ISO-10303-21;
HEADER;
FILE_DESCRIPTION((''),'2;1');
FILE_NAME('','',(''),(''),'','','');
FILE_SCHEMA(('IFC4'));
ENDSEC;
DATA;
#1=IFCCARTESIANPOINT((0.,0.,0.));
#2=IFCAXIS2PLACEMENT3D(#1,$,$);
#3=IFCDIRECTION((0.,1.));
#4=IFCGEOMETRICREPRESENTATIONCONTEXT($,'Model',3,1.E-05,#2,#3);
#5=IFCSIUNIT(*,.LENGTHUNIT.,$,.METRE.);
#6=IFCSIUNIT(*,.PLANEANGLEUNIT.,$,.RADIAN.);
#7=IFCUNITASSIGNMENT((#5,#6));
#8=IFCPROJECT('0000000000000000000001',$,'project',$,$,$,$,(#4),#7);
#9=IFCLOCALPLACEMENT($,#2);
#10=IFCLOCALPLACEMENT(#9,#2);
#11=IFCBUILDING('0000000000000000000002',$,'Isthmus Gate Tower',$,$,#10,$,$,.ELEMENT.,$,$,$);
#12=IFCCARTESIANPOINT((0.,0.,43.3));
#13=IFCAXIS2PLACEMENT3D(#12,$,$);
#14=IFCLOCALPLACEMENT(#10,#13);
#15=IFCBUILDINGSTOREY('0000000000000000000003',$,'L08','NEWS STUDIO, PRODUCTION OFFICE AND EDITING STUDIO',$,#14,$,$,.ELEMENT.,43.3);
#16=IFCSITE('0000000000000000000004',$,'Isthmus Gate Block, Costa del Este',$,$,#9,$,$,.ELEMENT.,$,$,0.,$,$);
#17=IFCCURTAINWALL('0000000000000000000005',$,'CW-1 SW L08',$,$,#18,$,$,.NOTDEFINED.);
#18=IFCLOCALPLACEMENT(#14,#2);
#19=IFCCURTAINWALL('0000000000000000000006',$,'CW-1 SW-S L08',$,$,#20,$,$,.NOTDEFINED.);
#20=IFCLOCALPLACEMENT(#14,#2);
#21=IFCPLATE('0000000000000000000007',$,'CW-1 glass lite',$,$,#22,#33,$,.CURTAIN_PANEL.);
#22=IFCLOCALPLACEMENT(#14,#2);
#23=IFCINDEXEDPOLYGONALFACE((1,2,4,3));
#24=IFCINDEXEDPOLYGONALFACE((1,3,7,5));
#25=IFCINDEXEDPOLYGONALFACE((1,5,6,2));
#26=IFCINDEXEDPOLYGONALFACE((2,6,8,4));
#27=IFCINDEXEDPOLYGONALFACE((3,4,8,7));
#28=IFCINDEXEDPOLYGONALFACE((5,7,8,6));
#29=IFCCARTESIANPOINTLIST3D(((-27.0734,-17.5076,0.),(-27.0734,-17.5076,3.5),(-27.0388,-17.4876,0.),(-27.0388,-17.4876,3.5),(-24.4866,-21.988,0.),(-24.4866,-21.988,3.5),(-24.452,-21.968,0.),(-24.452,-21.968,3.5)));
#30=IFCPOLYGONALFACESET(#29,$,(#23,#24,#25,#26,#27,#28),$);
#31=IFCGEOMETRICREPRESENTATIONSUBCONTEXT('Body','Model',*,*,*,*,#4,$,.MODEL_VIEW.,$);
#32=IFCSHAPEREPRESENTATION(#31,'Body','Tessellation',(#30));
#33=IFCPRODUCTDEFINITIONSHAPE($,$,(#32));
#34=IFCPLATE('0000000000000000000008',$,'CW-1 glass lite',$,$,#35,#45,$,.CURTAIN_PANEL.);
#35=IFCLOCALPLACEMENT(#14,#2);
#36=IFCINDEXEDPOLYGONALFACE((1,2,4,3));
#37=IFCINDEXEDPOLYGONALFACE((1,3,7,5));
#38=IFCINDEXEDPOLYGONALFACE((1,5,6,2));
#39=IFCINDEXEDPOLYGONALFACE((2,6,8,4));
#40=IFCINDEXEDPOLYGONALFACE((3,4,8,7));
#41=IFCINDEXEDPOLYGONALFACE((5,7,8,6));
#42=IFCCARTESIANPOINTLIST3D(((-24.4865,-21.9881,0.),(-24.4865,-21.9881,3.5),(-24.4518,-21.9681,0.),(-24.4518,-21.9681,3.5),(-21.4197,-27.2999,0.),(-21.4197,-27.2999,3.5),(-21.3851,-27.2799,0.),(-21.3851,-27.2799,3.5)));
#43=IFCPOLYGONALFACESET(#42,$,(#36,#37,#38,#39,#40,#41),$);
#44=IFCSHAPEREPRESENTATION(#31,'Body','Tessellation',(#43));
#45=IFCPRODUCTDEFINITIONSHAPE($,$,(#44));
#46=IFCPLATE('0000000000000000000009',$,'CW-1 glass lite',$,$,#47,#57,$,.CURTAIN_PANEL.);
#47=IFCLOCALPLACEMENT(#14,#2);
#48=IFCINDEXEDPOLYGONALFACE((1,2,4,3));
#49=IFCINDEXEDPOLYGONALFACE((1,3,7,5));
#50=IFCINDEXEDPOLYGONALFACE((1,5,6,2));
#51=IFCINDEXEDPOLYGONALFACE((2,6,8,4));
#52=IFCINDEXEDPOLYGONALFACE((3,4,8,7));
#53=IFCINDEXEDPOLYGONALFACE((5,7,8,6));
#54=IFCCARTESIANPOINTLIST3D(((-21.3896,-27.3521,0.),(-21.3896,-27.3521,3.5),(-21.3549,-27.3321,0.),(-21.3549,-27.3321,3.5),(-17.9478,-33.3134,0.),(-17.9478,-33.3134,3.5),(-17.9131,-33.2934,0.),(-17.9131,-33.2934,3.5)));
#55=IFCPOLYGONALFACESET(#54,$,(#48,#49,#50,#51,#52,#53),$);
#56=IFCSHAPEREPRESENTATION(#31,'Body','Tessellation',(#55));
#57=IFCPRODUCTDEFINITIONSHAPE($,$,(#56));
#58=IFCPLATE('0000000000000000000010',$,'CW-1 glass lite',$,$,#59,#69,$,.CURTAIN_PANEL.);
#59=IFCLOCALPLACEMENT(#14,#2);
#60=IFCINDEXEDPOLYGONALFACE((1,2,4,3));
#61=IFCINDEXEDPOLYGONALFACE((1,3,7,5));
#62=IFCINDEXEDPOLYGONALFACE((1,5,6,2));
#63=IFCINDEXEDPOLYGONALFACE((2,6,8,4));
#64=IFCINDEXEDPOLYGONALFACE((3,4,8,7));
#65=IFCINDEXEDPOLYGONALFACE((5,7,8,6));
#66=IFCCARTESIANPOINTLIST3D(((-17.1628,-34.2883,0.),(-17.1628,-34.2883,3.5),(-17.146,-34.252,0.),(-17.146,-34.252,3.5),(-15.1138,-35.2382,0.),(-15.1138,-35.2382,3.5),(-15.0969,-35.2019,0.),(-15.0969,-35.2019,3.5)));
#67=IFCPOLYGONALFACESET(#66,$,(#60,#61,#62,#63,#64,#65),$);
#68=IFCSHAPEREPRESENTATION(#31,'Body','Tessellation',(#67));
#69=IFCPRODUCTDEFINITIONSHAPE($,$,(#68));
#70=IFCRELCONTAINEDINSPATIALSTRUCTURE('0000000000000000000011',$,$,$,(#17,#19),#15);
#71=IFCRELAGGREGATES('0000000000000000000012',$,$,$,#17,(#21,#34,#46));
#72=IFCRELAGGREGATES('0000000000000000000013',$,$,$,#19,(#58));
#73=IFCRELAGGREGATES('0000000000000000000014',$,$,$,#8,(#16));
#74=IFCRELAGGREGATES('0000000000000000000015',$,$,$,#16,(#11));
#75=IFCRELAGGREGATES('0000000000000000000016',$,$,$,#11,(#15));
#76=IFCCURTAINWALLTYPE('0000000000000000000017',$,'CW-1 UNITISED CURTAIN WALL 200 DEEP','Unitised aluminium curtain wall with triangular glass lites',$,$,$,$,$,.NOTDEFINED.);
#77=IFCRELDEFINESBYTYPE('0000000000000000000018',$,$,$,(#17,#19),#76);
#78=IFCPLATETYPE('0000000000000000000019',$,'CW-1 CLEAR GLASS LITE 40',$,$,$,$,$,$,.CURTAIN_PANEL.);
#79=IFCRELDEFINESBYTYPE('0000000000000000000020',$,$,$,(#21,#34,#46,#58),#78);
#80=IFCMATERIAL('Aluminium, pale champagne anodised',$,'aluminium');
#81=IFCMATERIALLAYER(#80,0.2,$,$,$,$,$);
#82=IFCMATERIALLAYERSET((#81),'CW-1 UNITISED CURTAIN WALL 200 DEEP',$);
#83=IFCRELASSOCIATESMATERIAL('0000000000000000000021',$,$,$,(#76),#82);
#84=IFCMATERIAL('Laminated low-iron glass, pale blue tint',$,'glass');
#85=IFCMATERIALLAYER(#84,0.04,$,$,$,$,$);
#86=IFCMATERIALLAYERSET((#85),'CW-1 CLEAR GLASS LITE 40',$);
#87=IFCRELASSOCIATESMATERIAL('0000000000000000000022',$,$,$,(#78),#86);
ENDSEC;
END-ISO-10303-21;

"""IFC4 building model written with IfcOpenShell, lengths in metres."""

from ifc_helpers import new_model, si_unit, direction, frame, origin, origin_2d, place, context, subcontext, project, spatial, rectangle, extrude, material, layer, layer_set, type_object, element, aggregate, save


model = new_model("IFC4")

# Units and contexts
model_context = context("Model", 3, precision=1e-05, world=origin(), true_north=direction((0.0, 1.0)))
body_context = subcontext(model_context, "Body", "Model", "MODEL_VIEW")
ifc_project = project(units=[si_unit("LENGTHUNIT", "METRE"), si_unit("PLANEANGLEUNIT", "RADIAN")], contexts=[model_context])

# Site, building, storey
site_placement = place(None, origin())
site = spatial("IfcSite", under=ifc_project, at=site_placement, Name="Isthmus Gate Block, Costa del Este", CompositionType="ELEMENT", RefElevation=0.0)
building_placement = place(site_placement, origin())
building = spatial("IfcBuilding", under=site, at=building_placement, Name="Isthmus Gate Tower", CompositionType="ELEMENT")
storey_placement = place(building_placement, frame((0.0, 0.0, 43.3)))
storey = spatial("IfcBuildingStorey", under=building, at=storey_placement, Name="L08", Description="NEWS STUDIO, PRODUCTION OFFICE AND EDITING STUDIO", CompositionType="ELEMENT", Elevation=43.3)

# Curtain wall
ifc_material_1 = material(Name="Aluminium, pale champagne anodised", Category="aluminium")
ifc_layer_1 = layer(ifc_material_1, 0.2)
ifc_layer_set_1 = layer_set([ifc_layer_1], Name="CW-1 UNITISED CURTAIN WALL 200 DEEP")
curtain_wall_type = type_object("IfcCurtainWallType", Name="CW-1 UNITISED CURTAIN WALL 200 DEEP", Description="Unitised aluminium curtain wall with triangular glass lites", PredefinedType="NOTDEFINED", material=ifc_layer_set_1)
curtain_wall_1_placement = place(storey_placement, origin())
curtain_wall_1 = element("IfcCurtainWall", 1, at=curtain_wall_1_placement, inside=storey, type_object=curtain_wall_type, Name="CW-1 SW L08", PredefinedType="NOTDEFINED")

# Curtain wall
curtain_wall_2_placement = place(storey_placement, origin())
curtain_wall_2 = element("IfcCurtainWall", 2, at=curtain_wall_2_placement, inside=storey, type_object=curtain_wall_type, Name="CW-1 SW-S L08", PredefinedType="NOTDEFINED")

# Plates
ifc_material_2 = material(Name="Laminated low-iron glass, pale blue tint", Category="glass")
ifc_layer_2 = layer(ifc_material_2, 0.04)
ifc_layer_set_2 = layer_set([ifc_layer_2], Name="CW-1 CLEAR GLASS LITE 40")
plate_type = type_object("IfcPlateType", Name="CW-1 CLEAR GLASS LITE 40", PredefinedType="CURTAIN_PANEL", material=ifc_layer_set_2)
plate_1_placement = place(storey_placement, frame((-25.7627, -19.7378, 0.0), z_axis=(0.0, 0.0, 1.0), x_axis=(0.5, -0.866025, 0.0)))
plate_1 = element("IfcPlate", 3, at=plate_1_placement, type_object=plate_type, Name="CW-1 glass lite", PredefinedType="CURTAIN_PANEL", context=body_context, shape_type="SweptSolid", body=[
    extrude(rectangle(XDim=5.1736, YDim=0.04, at=origin_2d()), origin(), (0.0, 0.0, 1.0), 3.5),
])
plate_2_placement = place(storey_placement, frame((-22.9358, -24.634, 0.0), z_axis=(0.0, 0.0, 1.0), x_axis=(0.5, -0.866025, 0.0)))
plate_2 = element("IfcPlate", 4, at=plate_2_placement, type_object=plate_type, Name="CW-1 glass lite", PredefinedType="CURTAIN_PANEL", context=body_context, shape_type="SweptSolid", body=[
    extrude(rectangle(XDim=6.1335, YDim=0.04, at=origin_2d()), origin(), (0.0, 0.0, 1.0), 3.5),
])
plate_3_placement = place(storey_placement, frame((-19.6514, -30.3228, 0.0), z_axis=(0.0, 0.0, 1.0), x_axis=(0.5, -0.866025, 0.0)))
plate_3 = element("IfcPlate", 5, at=plate_3_placement, type_object=plate_type, Name="CW-1 glass lite", PredefinedType="CURTAIN_PANEL", context=body_context, shape_type="SweptSolid", body=[
    extrude(rectangle(XDim=6.8835, YDim=0.04, at=origin_2d()), origin(), (0.0, 0.0, 1.0), 3.5),
])
aggregate(curtain_wall_1, [plate_1, plate_2, plate_3])
plate_4_placement = place(storey_placement, frame((-16.1299, -34.7451, 0.0), z_axis=(0.0, 0.0, 1.0), x_axis=(0.907256, -0.420578, 0.0)))
plate_4 = element("IfcPlate", 6, at=plate_4_placement, type_object=plate_type, Name="CW-1 glass lite", PredefinedType="CURTAIN_PANEL", context=body_context, shape_type="SweptSolid", body=[
    extrude(rectangle(XDim=2.2585, YDim=0.04, at=origin_2d()), origin(), (0.0, 0.0, 1.0), 3.5),
])
aggregate(curtain_wall_2, [plate_4])

save(model, "model.ifc")
